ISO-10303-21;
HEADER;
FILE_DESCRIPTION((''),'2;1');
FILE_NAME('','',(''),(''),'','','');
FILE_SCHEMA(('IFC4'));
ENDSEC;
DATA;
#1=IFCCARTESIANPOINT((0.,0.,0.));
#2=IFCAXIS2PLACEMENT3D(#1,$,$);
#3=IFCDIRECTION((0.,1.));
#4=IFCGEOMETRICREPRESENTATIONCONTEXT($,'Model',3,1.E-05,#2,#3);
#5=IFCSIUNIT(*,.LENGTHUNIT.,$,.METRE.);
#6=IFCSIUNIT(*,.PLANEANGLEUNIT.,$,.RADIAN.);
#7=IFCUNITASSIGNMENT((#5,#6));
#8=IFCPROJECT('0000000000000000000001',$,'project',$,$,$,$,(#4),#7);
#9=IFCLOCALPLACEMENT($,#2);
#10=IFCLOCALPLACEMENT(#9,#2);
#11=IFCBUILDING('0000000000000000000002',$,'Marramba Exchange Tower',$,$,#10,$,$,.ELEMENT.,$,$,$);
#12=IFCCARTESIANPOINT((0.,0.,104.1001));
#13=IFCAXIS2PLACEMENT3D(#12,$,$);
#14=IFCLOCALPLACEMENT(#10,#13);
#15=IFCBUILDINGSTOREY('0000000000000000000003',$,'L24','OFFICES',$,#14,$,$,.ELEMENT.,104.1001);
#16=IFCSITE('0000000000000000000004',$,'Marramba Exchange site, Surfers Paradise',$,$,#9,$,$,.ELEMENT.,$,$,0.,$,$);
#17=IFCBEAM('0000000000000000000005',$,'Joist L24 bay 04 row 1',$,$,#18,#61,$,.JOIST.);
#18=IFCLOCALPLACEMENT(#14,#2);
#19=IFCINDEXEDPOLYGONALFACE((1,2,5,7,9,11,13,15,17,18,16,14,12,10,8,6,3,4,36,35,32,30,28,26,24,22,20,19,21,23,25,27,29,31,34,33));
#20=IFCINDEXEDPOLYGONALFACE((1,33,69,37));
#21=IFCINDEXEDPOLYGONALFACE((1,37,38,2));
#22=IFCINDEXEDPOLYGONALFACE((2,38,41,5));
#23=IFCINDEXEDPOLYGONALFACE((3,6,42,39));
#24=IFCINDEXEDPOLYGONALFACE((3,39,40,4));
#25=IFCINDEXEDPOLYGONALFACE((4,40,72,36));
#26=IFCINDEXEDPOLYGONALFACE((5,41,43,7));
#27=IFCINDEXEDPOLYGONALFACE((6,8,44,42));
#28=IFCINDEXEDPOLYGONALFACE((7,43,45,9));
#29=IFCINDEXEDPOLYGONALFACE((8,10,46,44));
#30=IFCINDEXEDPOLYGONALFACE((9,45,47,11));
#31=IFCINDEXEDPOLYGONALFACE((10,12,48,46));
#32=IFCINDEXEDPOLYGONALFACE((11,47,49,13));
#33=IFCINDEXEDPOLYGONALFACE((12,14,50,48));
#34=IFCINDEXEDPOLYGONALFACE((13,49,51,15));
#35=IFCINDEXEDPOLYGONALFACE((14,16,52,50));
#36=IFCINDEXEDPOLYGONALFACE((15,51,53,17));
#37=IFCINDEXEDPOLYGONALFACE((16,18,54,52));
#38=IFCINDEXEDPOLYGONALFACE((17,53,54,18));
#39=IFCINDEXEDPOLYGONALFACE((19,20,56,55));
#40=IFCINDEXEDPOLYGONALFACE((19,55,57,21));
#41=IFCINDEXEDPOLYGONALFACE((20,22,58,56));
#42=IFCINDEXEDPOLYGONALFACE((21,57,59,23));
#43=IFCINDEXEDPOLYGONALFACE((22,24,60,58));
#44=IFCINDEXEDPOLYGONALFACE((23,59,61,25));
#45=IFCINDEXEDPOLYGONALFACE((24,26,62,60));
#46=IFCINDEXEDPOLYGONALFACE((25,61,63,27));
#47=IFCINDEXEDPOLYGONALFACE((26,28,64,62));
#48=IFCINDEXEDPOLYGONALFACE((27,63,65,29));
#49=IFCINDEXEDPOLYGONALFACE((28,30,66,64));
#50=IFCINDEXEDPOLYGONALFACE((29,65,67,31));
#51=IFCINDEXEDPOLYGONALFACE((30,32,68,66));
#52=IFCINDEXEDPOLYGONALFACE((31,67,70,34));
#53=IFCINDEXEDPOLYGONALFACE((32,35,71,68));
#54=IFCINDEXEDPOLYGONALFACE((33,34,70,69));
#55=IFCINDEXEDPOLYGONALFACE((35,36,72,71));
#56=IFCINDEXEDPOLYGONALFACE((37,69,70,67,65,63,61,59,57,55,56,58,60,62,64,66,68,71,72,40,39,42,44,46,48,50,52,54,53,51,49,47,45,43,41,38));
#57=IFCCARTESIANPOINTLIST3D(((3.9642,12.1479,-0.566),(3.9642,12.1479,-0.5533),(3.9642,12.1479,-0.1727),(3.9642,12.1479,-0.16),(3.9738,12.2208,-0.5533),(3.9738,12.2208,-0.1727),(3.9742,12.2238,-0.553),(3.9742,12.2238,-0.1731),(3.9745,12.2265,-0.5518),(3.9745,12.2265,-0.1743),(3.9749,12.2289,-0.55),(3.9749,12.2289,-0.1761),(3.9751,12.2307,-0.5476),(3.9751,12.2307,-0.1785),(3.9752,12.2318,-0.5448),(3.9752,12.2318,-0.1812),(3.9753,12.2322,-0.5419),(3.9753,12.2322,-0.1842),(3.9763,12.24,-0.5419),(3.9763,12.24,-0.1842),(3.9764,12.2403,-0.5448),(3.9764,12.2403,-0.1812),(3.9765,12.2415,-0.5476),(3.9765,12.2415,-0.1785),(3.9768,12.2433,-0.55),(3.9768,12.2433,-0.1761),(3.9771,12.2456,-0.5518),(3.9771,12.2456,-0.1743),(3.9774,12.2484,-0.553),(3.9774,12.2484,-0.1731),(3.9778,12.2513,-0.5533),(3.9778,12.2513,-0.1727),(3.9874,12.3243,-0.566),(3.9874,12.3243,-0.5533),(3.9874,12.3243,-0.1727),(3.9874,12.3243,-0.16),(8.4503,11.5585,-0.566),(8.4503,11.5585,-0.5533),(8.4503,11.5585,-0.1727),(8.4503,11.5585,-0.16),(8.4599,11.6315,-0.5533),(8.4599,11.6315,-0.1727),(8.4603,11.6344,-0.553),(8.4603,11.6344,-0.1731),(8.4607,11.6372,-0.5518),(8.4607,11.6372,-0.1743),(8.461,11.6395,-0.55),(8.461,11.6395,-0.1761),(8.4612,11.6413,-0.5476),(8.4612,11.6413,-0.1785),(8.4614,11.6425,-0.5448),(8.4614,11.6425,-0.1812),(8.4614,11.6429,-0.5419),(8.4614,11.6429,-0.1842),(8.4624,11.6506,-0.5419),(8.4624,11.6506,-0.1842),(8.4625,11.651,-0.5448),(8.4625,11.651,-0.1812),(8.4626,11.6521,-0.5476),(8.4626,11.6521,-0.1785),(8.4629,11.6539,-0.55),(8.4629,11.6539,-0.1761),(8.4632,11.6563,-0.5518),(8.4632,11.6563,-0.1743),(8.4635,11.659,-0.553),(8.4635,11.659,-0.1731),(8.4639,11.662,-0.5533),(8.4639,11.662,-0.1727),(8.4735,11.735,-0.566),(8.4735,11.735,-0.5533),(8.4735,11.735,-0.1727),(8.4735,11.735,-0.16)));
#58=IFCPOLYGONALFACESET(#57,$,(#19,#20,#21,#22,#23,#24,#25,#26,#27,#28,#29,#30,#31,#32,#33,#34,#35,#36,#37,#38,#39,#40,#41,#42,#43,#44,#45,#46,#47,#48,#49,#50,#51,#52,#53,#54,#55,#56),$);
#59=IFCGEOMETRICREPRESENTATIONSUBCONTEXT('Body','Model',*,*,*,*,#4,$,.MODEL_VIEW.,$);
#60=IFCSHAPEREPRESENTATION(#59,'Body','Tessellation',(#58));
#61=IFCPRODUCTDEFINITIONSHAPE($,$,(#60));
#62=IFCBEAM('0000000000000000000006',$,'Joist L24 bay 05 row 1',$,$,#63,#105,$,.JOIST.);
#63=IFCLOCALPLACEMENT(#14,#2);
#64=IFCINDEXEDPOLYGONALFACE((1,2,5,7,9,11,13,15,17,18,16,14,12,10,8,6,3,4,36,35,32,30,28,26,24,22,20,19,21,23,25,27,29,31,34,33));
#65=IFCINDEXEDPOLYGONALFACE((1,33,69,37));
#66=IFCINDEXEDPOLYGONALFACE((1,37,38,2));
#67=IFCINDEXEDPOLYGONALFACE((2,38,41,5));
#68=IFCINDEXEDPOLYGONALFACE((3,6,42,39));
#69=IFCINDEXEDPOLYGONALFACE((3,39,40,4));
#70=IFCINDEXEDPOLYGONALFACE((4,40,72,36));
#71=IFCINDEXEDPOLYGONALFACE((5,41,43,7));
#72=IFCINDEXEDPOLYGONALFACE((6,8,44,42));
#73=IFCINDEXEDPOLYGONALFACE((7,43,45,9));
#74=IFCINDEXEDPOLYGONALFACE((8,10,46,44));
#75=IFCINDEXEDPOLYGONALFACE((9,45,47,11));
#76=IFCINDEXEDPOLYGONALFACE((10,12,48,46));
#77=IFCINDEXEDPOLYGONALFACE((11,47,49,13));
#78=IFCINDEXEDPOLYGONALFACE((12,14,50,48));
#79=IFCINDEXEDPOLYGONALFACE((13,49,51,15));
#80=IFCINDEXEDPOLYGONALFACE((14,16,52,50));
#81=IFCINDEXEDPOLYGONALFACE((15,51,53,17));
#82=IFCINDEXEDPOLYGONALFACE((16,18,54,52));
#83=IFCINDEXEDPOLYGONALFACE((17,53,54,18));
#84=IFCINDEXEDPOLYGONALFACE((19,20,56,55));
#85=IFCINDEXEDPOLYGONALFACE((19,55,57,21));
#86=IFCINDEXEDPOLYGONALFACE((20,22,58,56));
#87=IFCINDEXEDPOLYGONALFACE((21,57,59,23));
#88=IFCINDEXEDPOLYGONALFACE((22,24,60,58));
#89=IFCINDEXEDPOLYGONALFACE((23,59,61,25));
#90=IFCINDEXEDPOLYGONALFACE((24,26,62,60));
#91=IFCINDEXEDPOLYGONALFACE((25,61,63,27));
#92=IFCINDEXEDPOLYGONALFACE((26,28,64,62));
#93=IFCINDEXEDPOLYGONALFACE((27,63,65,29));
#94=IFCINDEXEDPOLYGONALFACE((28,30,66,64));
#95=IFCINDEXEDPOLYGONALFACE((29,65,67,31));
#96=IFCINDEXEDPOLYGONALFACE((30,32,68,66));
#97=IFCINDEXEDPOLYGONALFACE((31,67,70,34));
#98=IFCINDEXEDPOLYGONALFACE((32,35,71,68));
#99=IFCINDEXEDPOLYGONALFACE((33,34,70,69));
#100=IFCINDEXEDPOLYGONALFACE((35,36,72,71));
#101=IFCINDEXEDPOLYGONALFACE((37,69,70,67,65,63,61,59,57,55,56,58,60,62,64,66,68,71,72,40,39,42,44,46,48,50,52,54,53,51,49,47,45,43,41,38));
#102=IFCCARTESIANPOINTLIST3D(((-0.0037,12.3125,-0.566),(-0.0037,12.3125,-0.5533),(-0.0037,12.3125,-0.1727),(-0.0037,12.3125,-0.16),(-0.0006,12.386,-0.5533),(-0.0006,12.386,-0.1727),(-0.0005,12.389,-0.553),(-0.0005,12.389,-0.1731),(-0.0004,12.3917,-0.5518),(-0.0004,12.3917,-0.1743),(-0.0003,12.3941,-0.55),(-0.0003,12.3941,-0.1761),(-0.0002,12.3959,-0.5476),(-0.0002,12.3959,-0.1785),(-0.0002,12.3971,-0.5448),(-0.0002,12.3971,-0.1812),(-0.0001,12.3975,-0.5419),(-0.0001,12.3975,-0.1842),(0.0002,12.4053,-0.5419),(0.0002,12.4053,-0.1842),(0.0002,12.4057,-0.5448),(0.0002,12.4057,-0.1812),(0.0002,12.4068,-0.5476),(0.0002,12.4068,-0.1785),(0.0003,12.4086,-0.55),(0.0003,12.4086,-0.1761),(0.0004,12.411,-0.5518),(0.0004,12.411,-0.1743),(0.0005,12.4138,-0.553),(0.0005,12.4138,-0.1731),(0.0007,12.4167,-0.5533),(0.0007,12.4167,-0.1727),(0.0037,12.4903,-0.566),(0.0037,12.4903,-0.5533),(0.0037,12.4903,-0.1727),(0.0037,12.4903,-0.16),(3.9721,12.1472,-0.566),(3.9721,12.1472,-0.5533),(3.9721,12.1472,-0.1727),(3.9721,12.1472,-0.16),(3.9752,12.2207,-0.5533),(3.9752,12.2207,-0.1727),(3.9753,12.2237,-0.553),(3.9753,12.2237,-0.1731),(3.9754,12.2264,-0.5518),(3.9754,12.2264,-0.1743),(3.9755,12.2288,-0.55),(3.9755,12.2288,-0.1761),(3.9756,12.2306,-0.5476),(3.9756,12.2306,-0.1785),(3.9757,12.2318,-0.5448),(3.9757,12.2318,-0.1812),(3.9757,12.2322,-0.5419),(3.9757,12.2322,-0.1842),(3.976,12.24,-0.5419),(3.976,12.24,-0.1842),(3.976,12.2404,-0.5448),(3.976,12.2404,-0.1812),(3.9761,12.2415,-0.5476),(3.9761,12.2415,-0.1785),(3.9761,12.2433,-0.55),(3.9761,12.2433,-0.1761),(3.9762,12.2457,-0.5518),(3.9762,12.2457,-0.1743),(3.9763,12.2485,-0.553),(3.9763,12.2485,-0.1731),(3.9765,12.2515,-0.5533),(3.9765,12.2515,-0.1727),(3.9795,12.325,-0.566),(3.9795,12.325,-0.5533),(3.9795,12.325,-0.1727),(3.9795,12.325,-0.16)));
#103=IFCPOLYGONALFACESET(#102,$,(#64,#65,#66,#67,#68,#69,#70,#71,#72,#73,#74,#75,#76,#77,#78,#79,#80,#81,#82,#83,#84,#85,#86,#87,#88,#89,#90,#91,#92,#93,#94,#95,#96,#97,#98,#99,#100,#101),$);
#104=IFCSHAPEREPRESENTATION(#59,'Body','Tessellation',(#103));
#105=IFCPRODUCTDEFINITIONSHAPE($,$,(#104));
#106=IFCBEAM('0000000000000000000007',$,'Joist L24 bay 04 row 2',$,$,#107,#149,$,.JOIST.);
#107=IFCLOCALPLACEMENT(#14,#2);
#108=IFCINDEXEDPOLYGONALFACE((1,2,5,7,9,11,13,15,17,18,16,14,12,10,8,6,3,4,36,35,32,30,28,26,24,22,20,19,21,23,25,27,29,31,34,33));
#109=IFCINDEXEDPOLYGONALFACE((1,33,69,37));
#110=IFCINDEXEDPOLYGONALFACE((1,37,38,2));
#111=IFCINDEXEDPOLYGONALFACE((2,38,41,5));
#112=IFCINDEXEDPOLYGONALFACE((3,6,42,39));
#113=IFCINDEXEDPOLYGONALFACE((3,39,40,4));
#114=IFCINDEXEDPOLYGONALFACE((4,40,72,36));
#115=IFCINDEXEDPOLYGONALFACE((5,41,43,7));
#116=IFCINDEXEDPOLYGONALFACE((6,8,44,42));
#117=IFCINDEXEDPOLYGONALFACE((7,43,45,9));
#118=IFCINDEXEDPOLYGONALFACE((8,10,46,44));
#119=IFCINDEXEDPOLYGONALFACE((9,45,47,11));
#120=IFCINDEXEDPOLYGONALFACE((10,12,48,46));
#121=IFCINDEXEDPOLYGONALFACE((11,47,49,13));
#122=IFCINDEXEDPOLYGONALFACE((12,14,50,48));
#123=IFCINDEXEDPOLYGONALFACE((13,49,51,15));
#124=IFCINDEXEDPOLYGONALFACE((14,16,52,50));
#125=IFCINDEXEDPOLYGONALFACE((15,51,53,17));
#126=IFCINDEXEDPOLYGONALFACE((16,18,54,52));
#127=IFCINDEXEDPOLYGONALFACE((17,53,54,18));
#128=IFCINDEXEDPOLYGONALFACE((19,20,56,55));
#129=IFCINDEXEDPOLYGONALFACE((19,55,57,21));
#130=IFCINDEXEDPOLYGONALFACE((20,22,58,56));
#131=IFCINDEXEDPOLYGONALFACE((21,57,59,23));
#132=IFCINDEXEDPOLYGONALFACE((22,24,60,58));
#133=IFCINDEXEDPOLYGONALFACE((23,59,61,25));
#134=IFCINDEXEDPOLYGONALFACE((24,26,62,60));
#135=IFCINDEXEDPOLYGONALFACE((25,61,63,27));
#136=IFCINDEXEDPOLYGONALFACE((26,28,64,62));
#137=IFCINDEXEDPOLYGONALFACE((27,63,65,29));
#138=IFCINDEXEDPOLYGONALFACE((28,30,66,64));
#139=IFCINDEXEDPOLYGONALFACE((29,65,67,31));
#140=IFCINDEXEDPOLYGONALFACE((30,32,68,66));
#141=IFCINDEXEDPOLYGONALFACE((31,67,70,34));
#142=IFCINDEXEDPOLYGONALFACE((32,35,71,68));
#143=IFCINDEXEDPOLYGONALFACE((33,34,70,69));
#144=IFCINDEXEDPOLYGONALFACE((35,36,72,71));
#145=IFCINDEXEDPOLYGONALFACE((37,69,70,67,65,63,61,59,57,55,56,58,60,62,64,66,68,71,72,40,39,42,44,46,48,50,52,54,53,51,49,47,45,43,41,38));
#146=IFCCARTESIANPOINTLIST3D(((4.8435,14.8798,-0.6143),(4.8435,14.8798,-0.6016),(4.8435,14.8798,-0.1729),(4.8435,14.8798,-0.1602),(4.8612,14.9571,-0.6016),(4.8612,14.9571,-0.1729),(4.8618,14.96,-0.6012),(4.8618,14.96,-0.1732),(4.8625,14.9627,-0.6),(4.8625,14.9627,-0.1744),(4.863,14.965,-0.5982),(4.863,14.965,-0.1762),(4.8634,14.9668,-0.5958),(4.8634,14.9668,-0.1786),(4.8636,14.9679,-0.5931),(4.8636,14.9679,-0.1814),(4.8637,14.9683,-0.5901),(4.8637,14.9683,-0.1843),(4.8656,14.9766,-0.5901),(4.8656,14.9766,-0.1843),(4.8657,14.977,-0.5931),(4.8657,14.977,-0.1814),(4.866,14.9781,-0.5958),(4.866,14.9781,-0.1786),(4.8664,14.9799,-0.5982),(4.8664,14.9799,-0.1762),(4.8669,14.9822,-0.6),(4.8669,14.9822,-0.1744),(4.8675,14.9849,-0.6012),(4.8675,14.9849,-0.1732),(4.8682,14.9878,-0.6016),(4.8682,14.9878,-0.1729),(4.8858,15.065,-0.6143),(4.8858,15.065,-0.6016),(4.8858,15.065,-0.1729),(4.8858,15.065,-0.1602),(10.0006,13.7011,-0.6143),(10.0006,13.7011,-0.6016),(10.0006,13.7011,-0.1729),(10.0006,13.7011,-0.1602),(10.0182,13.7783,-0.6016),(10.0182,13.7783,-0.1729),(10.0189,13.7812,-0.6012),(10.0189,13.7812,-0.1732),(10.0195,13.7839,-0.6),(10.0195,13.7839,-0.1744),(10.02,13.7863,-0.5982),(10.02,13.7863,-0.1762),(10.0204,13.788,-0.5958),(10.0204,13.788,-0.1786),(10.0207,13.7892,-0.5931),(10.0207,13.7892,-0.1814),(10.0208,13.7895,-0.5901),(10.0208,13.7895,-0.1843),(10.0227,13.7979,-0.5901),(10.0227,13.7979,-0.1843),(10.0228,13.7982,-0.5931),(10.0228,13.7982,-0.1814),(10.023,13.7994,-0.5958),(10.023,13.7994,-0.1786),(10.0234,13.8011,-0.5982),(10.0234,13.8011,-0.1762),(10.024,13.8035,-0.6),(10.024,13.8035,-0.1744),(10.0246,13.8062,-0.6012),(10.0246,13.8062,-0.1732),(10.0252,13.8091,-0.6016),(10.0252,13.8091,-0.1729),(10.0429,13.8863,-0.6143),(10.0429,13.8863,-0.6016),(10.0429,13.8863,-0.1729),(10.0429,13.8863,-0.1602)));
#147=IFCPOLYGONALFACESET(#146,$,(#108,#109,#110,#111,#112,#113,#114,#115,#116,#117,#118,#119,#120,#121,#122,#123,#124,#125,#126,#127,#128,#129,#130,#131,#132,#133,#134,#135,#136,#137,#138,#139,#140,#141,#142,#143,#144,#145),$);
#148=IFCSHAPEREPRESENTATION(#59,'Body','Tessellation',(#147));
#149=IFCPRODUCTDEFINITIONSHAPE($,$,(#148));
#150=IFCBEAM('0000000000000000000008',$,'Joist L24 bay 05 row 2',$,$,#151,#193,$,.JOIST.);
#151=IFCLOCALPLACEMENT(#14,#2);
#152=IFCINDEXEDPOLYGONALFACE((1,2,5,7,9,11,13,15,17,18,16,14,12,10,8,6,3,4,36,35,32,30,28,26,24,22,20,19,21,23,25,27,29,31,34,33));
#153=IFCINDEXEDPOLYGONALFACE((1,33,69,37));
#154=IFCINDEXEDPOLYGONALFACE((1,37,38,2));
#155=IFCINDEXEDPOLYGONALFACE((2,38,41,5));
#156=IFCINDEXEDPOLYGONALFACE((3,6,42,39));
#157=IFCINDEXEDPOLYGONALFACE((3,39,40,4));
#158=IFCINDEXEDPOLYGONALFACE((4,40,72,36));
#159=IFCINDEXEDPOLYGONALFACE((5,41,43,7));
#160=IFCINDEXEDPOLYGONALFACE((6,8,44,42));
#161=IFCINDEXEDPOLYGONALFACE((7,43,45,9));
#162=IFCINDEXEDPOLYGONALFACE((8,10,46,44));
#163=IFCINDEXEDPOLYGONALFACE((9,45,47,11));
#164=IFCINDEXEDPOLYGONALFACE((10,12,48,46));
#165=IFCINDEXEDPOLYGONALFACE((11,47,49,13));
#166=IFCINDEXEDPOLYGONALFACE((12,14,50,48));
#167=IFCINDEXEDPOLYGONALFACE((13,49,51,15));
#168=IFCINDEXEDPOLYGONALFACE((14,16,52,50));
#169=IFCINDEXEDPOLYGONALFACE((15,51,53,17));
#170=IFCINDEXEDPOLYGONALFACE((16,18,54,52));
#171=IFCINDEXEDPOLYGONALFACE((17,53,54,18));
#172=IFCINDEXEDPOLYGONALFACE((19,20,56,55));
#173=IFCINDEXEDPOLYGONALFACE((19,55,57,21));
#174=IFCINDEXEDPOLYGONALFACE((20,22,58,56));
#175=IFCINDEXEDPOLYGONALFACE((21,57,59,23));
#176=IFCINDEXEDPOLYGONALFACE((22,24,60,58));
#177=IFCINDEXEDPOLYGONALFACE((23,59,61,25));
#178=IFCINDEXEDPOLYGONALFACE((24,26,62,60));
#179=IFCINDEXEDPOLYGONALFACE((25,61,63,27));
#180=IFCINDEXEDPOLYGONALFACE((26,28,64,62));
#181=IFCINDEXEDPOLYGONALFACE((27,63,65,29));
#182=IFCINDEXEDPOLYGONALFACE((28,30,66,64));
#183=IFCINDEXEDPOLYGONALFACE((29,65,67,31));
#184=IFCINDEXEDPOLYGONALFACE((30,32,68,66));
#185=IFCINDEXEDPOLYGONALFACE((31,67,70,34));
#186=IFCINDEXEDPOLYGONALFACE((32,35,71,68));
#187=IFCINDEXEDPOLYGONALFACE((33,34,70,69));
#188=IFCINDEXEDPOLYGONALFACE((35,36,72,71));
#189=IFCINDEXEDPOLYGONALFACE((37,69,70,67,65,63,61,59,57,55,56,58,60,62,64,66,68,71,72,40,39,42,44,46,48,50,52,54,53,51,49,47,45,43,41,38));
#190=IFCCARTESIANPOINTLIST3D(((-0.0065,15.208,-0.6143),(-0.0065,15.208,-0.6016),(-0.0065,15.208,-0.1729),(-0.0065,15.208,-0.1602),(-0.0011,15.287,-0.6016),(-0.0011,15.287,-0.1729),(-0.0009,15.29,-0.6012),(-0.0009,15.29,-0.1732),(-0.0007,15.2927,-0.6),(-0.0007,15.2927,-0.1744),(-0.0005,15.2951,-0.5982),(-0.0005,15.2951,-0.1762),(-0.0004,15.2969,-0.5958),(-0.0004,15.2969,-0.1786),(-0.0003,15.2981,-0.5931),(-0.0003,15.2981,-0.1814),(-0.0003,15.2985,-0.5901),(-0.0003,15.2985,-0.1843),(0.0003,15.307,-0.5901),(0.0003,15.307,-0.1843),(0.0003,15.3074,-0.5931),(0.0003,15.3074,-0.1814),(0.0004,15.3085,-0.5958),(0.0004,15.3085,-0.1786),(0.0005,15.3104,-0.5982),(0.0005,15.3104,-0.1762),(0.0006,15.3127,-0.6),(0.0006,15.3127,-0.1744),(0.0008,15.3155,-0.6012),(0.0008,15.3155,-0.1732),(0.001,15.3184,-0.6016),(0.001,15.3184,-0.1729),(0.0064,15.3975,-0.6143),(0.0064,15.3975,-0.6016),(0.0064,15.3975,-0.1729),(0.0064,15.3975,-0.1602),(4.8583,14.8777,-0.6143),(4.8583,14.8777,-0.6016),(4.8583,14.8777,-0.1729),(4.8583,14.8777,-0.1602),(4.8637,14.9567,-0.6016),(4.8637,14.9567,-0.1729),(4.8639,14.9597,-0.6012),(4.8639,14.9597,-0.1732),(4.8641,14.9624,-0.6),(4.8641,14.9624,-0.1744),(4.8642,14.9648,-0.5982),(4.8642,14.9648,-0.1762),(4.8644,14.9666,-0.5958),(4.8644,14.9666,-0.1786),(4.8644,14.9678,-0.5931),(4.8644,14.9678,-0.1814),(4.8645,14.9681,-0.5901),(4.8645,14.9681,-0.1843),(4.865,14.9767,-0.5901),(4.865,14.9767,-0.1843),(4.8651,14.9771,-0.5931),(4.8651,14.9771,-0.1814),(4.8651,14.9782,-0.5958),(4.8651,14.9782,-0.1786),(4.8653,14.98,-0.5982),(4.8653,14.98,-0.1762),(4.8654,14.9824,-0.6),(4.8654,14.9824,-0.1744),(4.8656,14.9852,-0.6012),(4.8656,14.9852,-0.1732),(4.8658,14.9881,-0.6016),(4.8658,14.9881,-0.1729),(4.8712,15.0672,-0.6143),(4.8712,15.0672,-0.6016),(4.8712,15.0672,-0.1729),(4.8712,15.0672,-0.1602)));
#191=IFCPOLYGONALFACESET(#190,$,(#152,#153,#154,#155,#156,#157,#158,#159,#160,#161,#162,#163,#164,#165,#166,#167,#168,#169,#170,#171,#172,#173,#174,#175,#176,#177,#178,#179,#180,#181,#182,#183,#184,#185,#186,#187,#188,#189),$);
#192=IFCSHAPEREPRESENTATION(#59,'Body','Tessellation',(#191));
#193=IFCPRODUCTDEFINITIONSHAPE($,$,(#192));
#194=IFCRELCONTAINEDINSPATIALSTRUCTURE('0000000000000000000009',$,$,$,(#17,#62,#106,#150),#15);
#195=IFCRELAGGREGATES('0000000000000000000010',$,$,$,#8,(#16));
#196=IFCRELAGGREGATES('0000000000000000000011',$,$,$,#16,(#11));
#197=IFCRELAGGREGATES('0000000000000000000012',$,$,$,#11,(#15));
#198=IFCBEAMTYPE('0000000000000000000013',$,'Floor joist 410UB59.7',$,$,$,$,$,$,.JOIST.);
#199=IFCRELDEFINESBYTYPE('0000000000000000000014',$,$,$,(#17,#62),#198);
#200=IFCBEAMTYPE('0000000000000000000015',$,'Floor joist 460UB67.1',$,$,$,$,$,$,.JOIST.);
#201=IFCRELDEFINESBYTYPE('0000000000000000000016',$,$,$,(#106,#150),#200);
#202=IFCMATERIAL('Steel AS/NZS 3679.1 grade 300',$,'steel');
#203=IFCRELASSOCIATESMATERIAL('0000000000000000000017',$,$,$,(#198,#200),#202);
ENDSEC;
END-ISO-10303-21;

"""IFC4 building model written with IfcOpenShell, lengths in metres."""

from ifc_helpers import new_model, si_unit, direction, frame, origin, origin_2d, place, context, subcontext, project, spatial, i_section, extrude, material, material_profile, profile_set, type_object, element, save


model = new_model("IFC4")

# Units and contexts
model_context = context("Model", 3, precision=1e-05, world=origin(), true_north=direction((0.0, 1.0)))
body_context = subcontext(model_context, "Body", "Model", "MODEL_VIEW")
ifc_project = project(units=[si_unit("LENGTHUNIT", "METRE"), si_unit("PLANEANGLEUNIT", "RADIAN")], contexts=[model_context])

# Site, building, storey
site_placement = place(None, origin())
site = spatial("IfcSite", under=ifc_project, at=site_placement, Name="Marramba Exchange site, Surfers Paradise", CompositionType="ELEMENT", RefElevation=0.0)
building_placement = place(site_placement, origin())
building = spatial("IfcBuilding", under=site, at=building_placement, Name="Marramba Exchange Tower", CompositionType="ELEMENT")
storey_placement = place(building_placement, frame((0.0, 0.0, 104.1001)))
storey = spatial("IfcBuildingStorey", under=building, at=storey_placement, Name="L24", Description="OFFICES", CompositionType="ELEMENT", Elevation=104.1001)

# Beams
ifc_material_1 = material(Name="Steel AS/NZS 3679.1 grade 300", Category="steel")
ifc_material_profile_1 = material_profile(ifc_material_1, i_section(OverallWidth=0.178, OverallDepth=0.406, WebThickness=0.0078, FlangeThickness=0.0127, FilletRadius=0.0115, at=origin_2d()), Name="410UB59.7")
ifc_profile_set_1 = profile_set([ifc_material_profile_1], Name="Steel AS/NZS 3679.1 grade 300")
beam_type_1 = type_object("IfcBeamType", Name="Floor joist 410UB59.7", PredefinedType="JOIST", material=ifc_profile_set_1)
beam_1_placement = place(storey_placement, frame((8.4619, 11.6467, -0.363), z_axis=(-0.991481, 0.130255, 0.0), x_axis=(-0.130255, -0.991481, 0.0)))
element("IfcBeam", 1, at=beam_1_placement, inside=storey, type_object=beam_type_1, Name="Joist L24 bay 04 row 1", PredefinedType="JOIST", context=body_context, shape_type="SweptSolid", body=[
    extrude(i_section(OverallWidth=0.178, OverallDepth=0.406, WebThickness=0.0078, FlangeThickness=0.0127, FilletRadius=0.0115, at=origin_2d()), origin(), (0.0, 0.0, 1.0), 4.5247),
])
beam_2_placement = place(storey_placement, frame((3.9758, 12.2361, -0.363), z_axis=(-0.999137, 0.041536, 0.0), x_axis=(-0.041536, -0.999137, 0.0)))
element("IfcBeam", 2, at=beam_2_placement, inside=storey, type_object=beam_type_1, Name="Joist L24 bay 05 row 1", PredefinedType="JOIST", context=body_context, shape_type="SweptSolid", body=[
    extrude(i_section(OverallWidth=0.178, OverallDepth=0.406, WebThickness=0.0078, FlangeThickness=0.0127, FilletRadius=0.0115, at=origin_2d()), origin(), (0.0, 0.0, 1.0), 3.9792),
])
ifc_material_profile_2 = material_profile(ifc_material_1, i_section(OverallWidth=0.1899, OverallDepth=0.4541, WebThickness=0.0085, FlangeThickness=0.0127, FilletRadius=0.0115, at=origin_2d()), Name="460UB67.1")
ifc_profile_set_2 = profile_set([ifc_material_profile_2], Name="Steel AS/NZS 3679.1 grade 300")
beam_type_2 = type_object("IfcBeamType", Name="Floor joist 460UB67.1", PredefinedType="JOIST", material=ifc_profile_set_2)
beam_3_placement = place(storey_placement, frame((10.0217, 13.7937, -0.3872), z_axis=(-0.97486, 0.22282, 0.0), x_axis=(-0.22282, -0.97486, 0.0)))
element("IfcBeam", 3, at=beam_3_placement, inside=storey, type_object=beam_type_2, Name="Joist L24 bay 04 row 2", PredefinedType="JOIST", context=body_context, shape_type="SweptSolid", body=[
    extrude(i_section(OverallWidth=0.1899, OverallDepth=0.4541, WebThickness=0.0085, FlangeThickness=0.0127, FilletRadius=0.0115, at=origin_2d()), origin(), (0.0, 0.0, 1.0), 5.29),
])
beam_4_placement = place(storey_placement, frame((4.8647, 14.9724, -0.3872), z_axis=(-0.997703, 0.067745, 0.0), x_axis=(-0.067745, -0.997703, 0.0)))
element("IfcBeam", 4, at=beam_4_placement, inside=storey, type_object=beam_type_2, Name="Joist L24 bay 05 row 2", PredefinedType="JOIST", context=body_context, shape_type="SweptSolid", body=[
    extrude(i_section(OverallWidth=0.1899, OverallDepth=0.4541, WebThickness=0.0085, FlangeThickness=0.0127, FilletRadius=0.0115, at=origin_2d()), origin(), (0.0, 0.0, 1.0), 4.876),
])

save(model, "model.ifc")
